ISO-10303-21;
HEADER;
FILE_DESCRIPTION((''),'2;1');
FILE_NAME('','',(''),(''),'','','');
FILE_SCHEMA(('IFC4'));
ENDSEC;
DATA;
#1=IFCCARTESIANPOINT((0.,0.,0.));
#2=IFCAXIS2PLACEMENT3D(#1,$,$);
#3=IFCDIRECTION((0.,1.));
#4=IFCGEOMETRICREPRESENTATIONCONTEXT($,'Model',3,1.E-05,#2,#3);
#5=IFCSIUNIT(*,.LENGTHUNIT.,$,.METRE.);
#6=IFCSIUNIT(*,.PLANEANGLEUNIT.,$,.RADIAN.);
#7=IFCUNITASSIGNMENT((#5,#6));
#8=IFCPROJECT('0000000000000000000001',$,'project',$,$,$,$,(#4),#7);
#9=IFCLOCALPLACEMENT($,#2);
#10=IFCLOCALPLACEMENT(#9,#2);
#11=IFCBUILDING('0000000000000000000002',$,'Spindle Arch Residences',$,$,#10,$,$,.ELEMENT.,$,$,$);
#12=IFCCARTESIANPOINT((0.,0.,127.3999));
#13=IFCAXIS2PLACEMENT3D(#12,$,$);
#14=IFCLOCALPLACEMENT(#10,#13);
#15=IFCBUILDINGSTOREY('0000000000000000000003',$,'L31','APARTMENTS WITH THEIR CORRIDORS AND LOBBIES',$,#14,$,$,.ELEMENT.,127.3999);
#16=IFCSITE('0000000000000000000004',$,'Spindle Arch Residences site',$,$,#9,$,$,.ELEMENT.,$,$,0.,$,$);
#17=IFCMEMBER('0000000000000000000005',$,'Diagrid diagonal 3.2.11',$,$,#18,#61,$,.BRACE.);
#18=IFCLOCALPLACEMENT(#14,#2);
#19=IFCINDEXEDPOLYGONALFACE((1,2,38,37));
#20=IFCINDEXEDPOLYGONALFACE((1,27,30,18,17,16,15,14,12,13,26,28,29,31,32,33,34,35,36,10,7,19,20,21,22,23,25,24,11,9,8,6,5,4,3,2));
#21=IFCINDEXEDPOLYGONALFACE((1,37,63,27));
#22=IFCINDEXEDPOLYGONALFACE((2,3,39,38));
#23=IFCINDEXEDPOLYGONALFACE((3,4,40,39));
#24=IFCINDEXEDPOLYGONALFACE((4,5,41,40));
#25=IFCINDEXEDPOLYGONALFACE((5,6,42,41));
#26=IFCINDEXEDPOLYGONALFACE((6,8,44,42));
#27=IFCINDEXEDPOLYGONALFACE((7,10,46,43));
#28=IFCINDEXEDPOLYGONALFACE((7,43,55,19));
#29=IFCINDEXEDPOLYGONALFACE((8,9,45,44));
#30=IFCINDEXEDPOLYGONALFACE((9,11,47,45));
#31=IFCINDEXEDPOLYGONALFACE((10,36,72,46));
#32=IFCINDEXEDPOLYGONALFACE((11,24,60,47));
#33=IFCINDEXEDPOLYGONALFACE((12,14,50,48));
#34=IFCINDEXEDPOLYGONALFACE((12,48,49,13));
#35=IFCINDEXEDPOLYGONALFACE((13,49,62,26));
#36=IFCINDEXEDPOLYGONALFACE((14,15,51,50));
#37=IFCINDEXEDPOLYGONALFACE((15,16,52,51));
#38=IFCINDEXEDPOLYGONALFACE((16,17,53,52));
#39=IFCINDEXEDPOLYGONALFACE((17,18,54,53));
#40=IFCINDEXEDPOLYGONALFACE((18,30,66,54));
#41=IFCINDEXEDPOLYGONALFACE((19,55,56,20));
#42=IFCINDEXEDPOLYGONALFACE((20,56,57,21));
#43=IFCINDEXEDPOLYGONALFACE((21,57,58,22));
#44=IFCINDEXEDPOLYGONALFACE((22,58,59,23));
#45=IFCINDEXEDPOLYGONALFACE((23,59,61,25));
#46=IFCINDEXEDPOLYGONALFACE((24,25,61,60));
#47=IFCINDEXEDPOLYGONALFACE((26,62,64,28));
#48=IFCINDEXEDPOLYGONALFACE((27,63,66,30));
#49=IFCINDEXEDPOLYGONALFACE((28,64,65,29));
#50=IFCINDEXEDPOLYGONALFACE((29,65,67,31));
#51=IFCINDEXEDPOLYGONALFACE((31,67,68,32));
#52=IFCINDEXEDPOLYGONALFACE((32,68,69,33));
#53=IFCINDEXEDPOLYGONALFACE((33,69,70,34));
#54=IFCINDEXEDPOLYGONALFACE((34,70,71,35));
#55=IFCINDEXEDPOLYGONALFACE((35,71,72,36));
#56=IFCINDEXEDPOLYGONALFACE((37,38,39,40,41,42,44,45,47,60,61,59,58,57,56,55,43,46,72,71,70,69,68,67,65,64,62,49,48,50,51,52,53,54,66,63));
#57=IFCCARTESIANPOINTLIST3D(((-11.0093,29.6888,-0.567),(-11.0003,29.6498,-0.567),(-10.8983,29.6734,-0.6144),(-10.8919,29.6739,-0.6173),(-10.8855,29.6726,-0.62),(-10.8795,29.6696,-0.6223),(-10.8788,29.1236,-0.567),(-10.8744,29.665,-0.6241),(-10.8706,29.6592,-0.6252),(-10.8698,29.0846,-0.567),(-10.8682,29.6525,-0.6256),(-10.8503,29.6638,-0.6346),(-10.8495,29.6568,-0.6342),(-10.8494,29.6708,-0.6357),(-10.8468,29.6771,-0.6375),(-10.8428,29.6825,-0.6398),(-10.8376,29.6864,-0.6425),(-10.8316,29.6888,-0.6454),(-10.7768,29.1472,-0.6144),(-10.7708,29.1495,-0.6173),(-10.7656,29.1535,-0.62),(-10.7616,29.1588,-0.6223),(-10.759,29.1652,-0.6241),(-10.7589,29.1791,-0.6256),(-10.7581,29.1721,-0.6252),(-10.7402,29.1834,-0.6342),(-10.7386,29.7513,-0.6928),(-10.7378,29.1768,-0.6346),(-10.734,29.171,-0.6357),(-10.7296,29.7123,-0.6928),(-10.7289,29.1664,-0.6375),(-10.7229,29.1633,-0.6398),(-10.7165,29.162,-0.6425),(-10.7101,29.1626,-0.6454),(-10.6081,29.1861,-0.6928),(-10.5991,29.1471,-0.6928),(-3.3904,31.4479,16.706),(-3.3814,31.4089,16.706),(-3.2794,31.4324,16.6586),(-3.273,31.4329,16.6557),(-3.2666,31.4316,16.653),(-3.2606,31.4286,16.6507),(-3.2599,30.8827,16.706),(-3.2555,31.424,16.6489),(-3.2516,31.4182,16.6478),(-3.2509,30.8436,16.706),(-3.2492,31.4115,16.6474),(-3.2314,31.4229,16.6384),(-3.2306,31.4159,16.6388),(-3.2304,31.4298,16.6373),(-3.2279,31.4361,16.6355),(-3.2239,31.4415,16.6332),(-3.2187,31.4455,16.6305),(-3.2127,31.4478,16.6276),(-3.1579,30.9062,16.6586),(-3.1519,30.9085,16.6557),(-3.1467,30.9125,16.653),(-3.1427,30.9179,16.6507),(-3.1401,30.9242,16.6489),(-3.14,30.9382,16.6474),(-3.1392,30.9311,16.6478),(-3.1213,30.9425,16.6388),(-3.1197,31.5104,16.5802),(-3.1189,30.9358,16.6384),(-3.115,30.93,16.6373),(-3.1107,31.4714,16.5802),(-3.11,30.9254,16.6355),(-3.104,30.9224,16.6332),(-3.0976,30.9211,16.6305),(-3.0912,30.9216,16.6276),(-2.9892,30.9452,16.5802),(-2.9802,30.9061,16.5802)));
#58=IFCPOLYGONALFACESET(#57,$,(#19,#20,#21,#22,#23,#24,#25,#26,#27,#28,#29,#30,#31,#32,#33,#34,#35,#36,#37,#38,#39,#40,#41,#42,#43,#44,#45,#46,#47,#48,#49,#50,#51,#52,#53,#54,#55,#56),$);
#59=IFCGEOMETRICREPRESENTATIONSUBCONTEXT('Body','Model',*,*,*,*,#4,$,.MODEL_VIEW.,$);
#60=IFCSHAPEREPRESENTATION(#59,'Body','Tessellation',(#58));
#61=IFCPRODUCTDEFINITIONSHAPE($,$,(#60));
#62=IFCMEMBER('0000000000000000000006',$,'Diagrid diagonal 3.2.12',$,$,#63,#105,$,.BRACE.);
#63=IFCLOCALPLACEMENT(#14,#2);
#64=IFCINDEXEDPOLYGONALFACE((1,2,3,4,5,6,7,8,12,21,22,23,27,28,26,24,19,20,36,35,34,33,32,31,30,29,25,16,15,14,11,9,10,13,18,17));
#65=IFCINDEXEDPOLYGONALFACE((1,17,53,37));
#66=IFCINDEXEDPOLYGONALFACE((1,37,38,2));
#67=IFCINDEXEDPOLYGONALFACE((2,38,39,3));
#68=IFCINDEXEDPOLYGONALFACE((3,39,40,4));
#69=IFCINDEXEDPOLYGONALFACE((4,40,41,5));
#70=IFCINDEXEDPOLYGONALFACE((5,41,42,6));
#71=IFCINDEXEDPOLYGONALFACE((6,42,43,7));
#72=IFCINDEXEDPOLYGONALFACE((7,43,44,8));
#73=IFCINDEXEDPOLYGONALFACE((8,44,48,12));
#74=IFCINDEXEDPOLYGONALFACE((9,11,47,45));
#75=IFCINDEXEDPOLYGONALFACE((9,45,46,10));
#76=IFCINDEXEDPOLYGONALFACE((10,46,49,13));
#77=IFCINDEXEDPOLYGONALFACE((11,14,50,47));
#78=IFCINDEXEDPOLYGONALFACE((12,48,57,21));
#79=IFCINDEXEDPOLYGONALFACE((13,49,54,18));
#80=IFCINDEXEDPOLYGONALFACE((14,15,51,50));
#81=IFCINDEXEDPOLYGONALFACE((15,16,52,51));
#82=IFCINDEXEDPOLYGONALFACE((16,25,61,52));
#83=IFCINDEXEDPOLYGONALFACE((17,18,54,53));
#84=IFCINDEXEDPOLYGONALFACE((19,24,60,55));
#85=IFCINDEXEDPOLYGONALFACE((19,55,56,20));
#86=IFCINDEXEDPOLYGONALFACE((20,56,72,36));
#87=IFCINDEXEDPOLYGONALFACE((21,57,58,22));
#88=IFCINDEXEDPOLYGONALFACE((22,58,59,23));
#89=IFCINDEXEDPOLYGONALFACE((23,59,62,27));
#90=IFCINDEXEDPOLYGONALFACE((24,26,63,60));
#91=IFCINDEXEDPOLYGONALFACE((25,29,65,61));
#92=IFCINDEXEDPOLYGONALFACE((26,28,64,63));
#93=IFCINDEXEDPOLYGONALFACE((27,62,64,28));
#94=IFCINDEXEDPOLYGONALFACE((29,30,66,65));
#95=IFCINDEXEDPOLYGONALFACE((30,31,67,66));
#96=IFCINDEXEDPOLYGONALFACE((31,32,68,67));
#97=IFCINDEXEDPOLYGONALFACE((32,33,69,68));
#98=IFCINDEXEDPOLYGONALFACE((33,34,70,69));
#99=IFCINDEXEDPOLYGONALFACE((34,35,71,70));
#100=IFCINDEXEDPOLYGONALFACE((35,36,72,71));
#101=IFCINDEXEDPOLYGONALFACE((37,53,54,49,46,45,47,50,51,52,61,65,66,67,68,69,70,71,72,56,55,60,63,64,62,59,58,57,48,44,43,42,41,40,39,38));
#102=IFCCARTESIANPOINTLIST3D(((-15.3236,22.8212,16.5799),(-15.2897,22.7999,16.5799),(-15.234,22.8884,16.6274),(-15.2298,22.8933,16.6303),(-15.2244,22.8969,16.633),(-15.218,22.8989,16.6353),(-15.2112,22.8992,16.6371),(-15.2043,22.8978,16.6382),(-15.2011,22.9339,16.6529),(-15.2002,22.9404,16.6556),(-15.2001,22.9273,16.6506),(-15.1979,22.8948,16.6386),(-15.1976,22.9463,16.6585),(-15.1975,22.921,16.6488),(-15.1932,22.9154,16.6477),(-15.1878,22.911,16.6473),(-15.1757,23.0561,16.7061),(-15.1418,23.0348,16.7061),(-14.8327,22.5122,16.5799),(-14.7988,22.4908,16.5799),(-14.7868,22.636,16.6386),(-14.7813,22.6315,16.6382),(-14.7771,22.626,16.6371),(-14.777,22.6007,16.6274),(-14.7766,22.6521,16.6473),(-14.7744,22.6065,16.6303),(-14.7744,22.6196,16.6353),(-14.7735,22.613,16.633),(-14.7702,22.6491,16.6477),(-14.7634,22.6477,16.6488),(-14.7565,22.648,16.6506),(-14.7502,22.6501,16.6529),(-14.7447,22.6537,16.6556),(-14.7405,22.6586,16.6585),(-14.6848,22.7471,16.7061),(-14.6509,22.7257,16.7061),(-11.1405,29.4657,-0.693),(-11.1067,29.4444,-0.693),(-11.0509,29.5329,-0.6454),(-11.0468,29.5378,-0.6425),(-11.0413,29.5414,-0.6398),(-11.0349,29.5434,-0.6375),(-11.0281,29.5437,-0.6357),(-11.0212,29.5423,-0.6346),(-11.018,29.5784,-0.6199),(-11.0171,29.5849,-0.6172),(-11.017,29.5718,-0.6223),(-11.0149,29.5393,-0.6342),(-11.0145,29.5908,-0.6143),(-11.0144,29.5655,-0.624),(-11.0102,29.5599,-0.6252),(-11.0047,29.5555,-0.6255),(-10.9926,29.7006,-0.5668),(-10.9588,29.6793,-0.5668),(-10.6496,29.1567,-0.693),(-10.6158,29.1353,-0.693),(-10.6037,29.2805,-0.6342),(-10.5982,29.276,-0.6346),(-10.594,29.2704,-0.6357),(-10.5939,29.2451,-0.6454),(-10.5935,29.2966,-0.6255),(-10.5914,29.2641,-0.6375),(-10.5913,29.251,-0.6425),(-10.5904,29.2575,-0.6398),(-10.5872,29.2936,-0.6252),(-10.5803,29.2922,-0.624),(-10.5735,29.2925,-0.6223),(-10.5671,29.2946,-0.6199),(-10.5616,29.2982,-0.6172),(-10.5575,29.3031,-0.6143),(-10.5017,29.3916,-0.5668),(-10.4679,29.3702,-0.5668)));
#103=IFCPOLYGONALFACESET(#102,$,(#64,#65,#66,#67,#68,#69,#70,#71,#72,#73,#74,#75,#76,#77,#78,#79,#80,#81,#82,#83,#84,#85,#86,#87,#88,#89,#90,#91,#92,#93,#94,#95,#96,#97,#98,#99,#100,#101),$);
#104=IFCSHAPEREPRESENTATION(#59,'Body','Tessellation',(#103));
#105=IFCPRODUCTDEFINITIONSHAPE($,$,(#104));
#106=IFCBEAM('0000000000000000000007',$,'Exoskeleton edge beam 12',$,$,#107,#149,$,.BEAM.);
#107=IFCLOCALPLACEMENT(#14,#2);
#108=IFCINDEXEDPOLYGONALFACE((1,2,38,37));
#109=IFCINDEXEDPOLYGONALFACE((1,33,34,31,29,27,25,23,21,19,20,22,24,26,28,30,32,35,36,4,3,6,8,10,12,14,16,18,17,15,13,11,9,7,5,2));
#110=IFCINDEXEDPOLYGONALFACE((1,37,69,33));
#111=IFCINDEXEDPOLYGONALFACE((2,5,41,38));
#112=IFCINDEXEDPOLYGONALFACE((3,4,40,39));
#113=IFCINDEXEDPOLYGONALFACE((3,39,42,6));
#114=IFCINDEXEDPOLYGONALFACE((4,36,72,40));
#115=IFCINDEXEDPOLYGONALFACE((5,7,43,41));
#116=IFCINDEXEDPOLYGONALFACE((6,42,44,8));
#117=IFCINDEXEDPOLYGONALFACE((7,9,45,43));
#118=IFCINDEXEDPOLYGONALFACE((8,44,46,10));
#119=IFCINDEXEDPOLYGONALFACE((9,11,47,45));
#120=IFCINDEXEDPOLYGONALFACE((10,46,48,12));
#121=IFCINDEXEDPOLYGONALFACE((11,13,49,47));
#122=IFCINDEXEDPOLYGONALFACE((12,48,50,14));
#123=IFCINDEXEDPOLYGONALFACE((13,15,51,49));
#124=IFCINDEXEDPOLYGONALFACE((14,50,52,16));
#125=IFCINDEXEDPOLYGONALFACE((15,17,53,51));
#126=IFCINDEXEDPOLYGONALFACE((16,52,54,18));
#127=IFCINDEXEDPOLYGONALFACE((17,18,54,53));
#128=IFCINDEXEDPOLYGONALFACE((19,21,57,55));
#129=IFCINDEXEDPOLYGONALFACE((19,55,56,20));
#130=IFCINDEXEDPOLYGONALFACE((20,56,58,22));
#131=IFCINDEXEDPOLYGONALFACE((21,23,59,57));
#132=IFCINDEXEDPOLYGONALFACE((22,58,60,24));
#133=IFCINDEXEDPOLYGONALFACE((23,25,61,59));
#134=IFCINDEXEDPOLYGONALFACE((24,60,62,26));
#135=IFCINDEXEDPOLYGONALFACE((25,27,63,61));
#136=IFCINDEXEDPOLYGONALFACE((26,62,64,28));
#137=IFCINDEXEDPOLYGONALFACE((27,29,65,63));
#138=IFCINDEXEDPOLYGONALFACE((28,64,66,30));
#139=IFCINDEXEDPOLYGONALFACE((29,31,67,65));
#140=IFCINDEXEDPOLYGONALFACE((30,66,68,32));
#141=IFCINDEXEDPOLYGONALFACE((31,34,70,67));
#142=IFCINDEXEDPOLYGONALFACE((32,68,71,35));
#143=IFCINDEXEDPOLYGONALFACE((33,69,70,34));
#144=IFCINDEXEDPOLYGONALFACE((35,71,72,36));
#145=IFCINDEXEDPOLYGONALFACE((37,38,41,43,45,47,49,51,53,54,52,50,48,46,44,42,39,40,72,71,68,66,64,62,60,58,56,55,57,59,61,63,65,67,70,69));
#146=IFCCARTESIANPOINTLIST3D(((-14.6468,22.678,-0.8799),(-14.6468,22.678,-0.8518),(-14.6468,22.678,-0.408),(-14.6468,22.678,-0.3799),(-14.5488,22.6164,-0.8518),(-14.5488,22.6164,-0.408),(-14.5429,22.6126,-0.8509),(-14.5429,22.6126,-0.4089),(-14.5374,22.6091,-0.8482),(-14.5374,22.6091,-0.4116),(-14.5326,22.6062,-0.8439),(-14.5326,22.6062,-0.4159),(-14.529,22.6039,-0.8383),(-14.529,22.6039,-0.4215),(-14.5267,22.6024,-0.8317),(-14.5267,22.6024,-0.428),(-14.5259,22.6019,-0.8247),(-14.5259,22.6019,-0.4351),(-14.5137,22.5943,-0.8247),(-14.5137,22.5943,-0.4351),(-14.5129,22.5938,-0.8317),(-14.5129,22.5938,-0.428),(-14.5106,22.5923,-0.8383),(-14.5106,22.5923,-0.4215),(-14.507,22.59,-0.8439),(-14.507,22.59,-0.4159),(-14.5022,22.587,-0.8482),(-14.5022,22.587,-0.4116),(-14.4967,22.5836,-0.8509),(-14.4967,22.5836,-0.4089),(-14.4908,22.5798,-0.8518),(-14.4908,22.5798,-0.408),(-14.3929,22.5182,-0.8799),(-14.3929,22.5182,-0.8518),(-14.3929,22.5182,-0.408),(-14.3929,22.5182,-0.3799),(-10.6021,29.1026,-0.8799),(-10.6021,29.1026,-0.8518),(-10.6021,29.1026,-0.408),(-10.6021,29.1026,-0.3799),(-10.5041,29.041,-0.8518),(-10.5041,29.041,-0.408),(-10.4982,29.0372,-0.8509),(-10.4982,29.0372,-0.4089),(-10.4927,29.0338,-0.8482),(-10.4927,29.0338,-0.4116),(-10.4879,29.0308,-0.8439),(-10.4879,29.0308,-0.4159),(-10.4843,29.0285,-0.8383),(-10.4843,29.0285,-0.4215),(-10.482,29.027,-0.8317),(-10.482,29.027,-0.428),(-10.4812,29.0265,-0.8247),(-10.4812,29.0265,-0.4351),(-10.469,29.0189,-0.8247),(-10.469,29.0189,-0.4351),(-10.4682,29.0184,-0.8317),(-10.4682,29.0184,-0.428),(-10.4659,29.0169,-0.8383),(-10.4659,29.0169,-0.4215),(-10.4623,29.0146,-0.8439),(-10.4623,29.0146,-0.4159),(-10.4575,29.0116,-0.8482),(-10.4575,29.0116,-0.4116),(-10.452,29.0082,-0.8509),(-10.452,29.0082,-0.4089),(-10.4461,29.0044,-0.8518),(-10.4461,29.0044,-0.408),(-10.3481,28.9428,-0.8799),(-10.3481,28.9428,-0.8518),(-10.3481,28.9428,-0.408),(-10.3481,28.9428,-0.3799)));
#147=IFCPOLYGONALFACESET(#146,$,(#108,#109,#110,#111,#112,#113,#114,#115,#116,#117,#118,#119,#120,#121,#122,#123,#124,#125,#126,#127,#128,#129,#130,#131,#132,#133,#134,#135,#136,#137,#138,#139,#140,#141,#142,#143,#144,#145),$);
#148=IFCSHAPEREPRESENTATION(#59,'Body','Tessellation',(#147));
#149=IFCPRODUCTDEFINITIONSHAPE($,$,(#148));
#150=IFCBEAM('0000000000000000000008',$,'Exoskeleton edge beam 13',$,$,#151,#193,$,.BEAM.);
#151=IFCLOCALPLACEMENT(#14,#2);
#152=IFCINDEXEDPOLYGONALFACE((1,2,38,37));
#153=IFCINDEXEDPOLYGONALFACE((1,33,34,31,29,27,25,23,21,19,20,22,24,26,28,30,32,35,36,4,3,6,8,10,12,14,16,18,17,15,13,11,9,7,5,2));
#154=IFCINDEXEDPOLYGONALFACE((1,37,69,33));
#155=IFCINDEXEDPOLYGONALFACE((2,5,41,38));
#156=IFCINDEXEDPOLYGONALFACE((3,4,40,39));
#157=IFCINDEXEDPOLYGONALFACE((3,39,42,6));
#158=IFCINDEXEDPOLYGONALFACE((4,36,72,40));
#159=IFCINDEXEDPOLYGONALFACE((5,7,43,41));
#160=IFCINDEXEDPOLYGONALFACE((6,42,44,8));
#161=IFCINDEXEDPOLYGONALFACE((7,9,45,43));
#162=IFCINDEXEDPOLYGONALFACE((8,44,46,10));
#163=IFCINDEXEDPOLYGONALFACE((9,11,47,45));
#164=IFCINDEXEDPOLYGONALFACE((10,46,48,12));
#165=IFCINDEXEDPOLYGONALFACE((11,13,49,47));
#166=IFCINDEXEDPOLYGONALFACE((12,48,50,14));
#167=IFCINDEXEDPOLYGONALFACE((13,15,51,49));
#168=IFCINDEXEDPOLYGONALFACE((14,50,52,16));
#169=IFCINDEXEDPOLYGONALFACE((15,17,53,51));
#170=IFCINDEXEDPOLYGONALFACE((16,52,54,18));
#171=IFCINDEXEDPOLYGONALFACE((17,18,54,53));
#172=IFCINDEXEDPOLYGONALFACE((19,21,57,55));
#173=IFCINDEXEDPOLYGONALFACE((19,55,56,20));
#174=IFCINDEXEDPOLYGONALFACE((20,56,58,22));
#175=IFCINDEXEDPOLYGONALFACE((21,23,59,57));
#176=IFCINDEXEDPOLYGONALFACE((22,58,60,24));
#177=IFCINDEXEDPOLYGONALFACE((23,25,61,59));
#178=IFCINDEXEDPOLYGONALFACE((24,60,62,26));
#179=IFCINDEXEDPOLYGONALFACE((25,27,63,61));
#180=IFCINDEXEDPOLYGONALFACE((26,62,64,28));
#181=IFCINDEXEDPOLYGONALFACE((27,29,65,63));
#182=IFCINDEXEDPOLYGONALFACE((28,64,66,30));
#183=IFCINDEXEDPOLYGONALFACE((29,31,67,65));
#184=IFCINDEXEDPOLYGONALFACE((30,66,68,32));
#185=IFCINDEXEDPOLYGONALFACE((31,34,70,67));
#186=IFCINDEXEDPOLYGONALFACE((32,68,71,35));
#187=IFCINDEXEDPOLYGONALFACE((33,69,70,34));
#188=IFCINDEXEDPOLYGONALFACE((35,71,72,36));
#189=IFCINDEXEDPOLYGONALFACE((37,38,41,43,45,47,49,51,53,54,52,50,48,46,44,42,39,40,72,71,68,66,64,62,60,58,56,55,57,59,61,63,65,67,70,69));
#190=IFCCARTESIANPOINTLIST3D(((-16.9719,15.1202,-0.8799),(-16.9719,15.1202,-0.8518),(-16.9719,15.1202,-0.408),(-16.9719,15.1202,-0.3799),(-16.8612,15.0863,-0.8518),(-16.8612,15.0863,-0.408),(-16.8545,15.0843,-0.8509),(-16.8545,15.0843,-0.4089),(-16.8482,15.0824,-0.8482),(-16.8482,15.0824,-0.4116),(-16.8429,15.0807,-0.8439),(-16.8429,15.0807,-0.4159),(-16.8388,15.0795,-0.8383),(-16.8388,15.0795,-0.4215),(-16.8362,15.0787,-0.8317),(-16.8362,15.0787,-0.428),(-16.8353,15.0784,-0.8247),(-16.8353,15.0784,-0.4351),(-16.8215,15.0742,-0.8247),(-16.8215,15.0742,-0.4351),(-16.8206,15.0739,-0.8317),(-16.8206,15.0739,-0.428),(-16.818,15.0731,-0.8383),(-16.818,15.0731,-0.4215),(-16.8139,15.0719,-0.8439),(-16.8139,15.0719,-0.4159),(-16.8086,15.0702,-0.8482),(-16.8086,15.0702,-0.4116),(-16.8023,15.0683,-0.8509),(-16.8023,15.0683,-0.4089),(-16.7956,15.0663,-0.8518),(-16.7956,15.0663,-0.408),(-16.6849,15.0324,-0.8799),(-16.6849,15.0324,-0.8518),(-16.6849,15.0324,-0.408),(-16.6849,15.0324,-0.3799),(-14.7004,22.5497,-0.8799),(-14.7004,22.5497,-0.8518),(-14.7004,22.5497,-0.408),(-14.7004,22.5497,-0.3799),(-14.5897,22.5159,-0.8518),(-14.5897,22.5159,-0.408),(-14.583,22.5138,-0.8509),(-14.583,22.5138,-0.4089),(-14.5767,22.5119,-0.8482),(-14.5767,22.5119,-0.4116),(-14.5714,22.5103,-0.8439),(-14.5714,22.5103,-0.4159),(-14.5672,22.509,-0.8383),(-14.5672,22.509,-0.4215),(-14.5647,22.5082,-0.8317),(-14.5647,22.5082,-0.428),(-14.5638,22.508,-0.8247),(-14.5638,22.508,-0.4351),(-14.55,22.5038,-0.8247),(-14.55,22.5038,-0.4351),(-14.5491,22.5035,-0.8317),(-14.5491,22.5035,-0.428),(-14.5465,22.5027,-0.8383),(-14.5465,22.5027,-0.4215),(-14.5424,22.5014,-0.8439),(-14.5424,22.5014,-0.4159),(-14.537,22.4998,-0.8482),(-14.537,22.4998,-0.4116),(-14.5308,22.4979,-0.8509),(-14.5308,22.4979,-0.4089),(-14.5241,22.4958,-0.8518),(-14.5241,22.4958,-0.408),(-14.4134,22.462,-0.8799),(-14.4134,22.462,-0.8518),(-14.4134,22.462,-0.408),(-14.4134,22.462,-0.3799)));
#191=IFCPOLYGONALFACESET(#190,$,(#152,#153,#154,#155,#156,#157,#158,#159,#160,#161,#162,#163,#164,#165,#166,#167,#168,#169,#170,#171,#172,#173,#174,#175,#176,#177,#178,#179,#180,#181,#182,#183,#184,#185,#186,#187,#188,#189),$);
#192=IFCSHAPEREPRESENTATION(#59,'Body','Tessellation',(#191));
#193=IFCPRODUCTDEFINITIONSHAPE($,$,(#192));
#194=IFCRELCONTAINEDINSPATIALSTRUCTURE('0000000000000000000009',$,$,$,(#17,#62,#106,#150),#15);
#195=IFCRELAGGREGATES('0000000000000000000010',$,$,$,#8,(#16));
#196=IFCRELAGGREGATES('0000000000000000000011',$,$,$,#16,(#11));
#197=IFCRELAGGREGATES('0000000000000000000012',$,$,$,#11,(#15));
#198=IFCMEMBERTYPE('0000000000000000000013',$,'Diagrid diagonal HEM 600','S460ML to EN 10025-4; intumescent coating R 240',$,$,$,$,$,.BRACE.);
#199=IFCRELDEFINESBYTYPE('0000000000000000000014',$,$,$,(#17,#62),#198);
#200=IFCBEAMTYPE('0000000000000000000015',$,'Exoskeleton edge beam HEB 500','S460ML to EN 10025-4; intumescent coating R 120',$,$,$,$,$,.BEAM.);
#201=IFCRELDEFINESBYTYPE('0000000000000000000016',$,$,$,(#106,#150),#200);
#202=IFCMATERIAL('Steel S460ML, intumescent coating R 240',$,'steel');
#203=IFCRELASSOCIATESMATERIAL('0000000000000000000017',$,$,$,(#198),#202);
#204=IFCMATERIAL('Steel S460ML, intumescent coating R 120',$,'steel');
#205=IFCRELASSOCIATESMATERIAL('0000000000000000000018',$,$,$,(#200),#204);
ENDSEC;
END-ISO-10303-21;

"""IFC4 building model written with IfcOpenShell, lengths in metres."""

from ifc_helpers import new_model, si_unit, direction, frame, origin, origin_2d, place, context, subcontext, project, spatial, i_section, extrude, material, material_profile, profile_set, type_object, element, save


model = new_model("IFC4")

# Units and contexts
model_context = context("Model", 3, precision=1e-05, world=origin(), true_north=direction((0.0, 1.0)))
body_context = subcontext(model_context, "Body", "Model", "MODEL_VIEW")
ifc_project = project(units=[si_unit("LENGTHUNIT", "METRE"), si_unit("PLANEANGLEUNIT", "RADIAN")], contexts=[model_context])

# Site, building, storey
site_placement = place(None, origin())
site = spatial("IfcSite", under=ifc_project, at=site_placement, Name="Spindle Arch Residences site", CompositionType="ELEMENT", RefElevation=0.0)
building_placement = place(site_placement, origin())
building = spatial("IfcBuilding", under=site, at=building_placement, Name="Spindle Arch Residences", CompositionType="ELEMENT")
storey_placement = place(building_placement, frame((0.0, 0.0, 127.3999)))
storey = spatial("IfcBuildingStorey", under=building, at=storey_placement, Name="L31", Description="APARTMENTS WITH THEIR CORRIDORS AND LOBBIES", CompositionType="ELEMENT", Elevation=127.3999)

# Members
ifc_material_1 = material(Name="Steel S460ML, intumescent coating R 240", Category="steel")
ifc_material_profile_1 = material_profile(ifc_material_1, i_section(OverallWidth=0.3049, OverallDepth=0.6201, WebThickness=0.021, FlangeThickness=0.04, FilletRadius=0.0271, at=origin_2d()), Name="HEM 600")
ifc_profile_set_1 = profile_set([ifc_material_profile_1], Name="Steel S460ML, intumescent coating R 240")
member_type_1 = type_object("IfcMemberType", Name="Diagrid diagonal HEM 600", Description="S460ML to EN 10025-4; intumescent coating R 240", PredefinedType="BRACE", material=ifc_profile_set_1)
member_1_placement = place(storey_placement, frame((-10.8042, 29.418, -0.6299), z_axis=(0.401832, 0.092774, 0.911002), x_axis=(-0.887651, -0.204939, 0.412403)))
element("IfcMember", 1, at=member_1_placement, inside=storey, type_object=member_type_1, Name="Diagrid diagonal 3.2.11", PredefinedType="BRACE", context=body_context, shape_type="SweptSolid", body=[
    extrude(i_section(OverallWidth=0.3049, OverallDepth=0.6201, WebThickness=0.021, FlangeThickness=0.04, FilletRadius=0.0271, at=origin_2d()), origin(), (0.0, 0.0, 1.0), 18.9604),
])
member_2_placement = place(storey_placement, frame((-10.8042, 29.418, -0.6299), z_axis=(-0.220468, -0.350196, 0.910361), x_axis=(0.485012, 0.770403, 0.413816)))
element("IfcMember", 2, at=member_2_placement, inside=storey, type_object=member_type_1, Name="Diagrid diagonal 3.2.12", PredefinedType="BRACE", context=body_context, shape_type="SweptSolid", body=[
    extrude(i_section(OverallWidth=0.3049, OverallDepth=0.6201, WebThickness=0.021, FlangeThickness=0.04, FilletRadius=0.0271, at=origin_2d()), origin(), (0.0, 0.0, 1.0), 18.9736),
])

# Beams
ifc_material_2 = material(Name="Steel S460ML, intumescent coating R 120", Category="steel")
ifc_material_profile_2 = material_profile(ifc_material_2, i_section(OverallWidth=0.3, OverallDepth=0.5, WebThickness=0.0144, FlangeThickness=0.0281, FilletRadius=0.0271, at=origin_2d()), Name="HEB 500")
ifc_profile_set_2 = profile_set([ifc_material_profile_2], Name="Steel S460ML, intumescent coating R 120")
beam_type_1 = type_object("IfcBeamType", Name="Exoskeleton edge beam HEB 500", Description="S460ML to EN 10025-4; intumescent coating R 120", PredefinedType="BEAM", material=ifc_profile_set_2)
beam_1_placement = place(storey_placement, frame((-10.4751, 29.0227, -0.6299), z_axis=(-0.532774, -0.846258, 0.0), x_axis=(0.846258, -0.532774, 0.0)))
element("IfcBeam", 3, at=beam_1_placement, inside=storey, type_object=beam_type_1, Name="Exoskeleton edge beam 12", PredefinedType="BEAM", context=body_context, shape_type="SweptSolid", body=[
    extrude(i_section(OverallWidth=0.3, OverallDepth=0.5, WebThickness=0.0144, FlangeThickness=0.0281, FilletRadius=0.0271, at=origin_2d()), origin(), (0.0, 0.0, 1.0), 7.5918),
])
beam_2_placement = place(storey_placement, frame((-14.5569, 22.5059, -0.6299), z_axis=(-0.292381, -0.956302, 0.0), x_axis=(0.956302, -0.292381, 0.0)))
element("IfcBeam", 4, at=beam_2_placement, inside=storey, type_object=beam_type_1, Name="Exoskeleton edge beam 13", PredefinedType="BEAM", context=body_context, shape_type="SweptSolid", body=[
    extrude(i_section(OverallWidth=0.3, OverallDepth=0.5, WebThickness=0.0144, FlangeThickness=0.0281, FilletRadius=0.0271, at=origin_2d()), origin(), (0.0, 0.0, 1.0), 7.769),
])

save(model, "model.ifc")
